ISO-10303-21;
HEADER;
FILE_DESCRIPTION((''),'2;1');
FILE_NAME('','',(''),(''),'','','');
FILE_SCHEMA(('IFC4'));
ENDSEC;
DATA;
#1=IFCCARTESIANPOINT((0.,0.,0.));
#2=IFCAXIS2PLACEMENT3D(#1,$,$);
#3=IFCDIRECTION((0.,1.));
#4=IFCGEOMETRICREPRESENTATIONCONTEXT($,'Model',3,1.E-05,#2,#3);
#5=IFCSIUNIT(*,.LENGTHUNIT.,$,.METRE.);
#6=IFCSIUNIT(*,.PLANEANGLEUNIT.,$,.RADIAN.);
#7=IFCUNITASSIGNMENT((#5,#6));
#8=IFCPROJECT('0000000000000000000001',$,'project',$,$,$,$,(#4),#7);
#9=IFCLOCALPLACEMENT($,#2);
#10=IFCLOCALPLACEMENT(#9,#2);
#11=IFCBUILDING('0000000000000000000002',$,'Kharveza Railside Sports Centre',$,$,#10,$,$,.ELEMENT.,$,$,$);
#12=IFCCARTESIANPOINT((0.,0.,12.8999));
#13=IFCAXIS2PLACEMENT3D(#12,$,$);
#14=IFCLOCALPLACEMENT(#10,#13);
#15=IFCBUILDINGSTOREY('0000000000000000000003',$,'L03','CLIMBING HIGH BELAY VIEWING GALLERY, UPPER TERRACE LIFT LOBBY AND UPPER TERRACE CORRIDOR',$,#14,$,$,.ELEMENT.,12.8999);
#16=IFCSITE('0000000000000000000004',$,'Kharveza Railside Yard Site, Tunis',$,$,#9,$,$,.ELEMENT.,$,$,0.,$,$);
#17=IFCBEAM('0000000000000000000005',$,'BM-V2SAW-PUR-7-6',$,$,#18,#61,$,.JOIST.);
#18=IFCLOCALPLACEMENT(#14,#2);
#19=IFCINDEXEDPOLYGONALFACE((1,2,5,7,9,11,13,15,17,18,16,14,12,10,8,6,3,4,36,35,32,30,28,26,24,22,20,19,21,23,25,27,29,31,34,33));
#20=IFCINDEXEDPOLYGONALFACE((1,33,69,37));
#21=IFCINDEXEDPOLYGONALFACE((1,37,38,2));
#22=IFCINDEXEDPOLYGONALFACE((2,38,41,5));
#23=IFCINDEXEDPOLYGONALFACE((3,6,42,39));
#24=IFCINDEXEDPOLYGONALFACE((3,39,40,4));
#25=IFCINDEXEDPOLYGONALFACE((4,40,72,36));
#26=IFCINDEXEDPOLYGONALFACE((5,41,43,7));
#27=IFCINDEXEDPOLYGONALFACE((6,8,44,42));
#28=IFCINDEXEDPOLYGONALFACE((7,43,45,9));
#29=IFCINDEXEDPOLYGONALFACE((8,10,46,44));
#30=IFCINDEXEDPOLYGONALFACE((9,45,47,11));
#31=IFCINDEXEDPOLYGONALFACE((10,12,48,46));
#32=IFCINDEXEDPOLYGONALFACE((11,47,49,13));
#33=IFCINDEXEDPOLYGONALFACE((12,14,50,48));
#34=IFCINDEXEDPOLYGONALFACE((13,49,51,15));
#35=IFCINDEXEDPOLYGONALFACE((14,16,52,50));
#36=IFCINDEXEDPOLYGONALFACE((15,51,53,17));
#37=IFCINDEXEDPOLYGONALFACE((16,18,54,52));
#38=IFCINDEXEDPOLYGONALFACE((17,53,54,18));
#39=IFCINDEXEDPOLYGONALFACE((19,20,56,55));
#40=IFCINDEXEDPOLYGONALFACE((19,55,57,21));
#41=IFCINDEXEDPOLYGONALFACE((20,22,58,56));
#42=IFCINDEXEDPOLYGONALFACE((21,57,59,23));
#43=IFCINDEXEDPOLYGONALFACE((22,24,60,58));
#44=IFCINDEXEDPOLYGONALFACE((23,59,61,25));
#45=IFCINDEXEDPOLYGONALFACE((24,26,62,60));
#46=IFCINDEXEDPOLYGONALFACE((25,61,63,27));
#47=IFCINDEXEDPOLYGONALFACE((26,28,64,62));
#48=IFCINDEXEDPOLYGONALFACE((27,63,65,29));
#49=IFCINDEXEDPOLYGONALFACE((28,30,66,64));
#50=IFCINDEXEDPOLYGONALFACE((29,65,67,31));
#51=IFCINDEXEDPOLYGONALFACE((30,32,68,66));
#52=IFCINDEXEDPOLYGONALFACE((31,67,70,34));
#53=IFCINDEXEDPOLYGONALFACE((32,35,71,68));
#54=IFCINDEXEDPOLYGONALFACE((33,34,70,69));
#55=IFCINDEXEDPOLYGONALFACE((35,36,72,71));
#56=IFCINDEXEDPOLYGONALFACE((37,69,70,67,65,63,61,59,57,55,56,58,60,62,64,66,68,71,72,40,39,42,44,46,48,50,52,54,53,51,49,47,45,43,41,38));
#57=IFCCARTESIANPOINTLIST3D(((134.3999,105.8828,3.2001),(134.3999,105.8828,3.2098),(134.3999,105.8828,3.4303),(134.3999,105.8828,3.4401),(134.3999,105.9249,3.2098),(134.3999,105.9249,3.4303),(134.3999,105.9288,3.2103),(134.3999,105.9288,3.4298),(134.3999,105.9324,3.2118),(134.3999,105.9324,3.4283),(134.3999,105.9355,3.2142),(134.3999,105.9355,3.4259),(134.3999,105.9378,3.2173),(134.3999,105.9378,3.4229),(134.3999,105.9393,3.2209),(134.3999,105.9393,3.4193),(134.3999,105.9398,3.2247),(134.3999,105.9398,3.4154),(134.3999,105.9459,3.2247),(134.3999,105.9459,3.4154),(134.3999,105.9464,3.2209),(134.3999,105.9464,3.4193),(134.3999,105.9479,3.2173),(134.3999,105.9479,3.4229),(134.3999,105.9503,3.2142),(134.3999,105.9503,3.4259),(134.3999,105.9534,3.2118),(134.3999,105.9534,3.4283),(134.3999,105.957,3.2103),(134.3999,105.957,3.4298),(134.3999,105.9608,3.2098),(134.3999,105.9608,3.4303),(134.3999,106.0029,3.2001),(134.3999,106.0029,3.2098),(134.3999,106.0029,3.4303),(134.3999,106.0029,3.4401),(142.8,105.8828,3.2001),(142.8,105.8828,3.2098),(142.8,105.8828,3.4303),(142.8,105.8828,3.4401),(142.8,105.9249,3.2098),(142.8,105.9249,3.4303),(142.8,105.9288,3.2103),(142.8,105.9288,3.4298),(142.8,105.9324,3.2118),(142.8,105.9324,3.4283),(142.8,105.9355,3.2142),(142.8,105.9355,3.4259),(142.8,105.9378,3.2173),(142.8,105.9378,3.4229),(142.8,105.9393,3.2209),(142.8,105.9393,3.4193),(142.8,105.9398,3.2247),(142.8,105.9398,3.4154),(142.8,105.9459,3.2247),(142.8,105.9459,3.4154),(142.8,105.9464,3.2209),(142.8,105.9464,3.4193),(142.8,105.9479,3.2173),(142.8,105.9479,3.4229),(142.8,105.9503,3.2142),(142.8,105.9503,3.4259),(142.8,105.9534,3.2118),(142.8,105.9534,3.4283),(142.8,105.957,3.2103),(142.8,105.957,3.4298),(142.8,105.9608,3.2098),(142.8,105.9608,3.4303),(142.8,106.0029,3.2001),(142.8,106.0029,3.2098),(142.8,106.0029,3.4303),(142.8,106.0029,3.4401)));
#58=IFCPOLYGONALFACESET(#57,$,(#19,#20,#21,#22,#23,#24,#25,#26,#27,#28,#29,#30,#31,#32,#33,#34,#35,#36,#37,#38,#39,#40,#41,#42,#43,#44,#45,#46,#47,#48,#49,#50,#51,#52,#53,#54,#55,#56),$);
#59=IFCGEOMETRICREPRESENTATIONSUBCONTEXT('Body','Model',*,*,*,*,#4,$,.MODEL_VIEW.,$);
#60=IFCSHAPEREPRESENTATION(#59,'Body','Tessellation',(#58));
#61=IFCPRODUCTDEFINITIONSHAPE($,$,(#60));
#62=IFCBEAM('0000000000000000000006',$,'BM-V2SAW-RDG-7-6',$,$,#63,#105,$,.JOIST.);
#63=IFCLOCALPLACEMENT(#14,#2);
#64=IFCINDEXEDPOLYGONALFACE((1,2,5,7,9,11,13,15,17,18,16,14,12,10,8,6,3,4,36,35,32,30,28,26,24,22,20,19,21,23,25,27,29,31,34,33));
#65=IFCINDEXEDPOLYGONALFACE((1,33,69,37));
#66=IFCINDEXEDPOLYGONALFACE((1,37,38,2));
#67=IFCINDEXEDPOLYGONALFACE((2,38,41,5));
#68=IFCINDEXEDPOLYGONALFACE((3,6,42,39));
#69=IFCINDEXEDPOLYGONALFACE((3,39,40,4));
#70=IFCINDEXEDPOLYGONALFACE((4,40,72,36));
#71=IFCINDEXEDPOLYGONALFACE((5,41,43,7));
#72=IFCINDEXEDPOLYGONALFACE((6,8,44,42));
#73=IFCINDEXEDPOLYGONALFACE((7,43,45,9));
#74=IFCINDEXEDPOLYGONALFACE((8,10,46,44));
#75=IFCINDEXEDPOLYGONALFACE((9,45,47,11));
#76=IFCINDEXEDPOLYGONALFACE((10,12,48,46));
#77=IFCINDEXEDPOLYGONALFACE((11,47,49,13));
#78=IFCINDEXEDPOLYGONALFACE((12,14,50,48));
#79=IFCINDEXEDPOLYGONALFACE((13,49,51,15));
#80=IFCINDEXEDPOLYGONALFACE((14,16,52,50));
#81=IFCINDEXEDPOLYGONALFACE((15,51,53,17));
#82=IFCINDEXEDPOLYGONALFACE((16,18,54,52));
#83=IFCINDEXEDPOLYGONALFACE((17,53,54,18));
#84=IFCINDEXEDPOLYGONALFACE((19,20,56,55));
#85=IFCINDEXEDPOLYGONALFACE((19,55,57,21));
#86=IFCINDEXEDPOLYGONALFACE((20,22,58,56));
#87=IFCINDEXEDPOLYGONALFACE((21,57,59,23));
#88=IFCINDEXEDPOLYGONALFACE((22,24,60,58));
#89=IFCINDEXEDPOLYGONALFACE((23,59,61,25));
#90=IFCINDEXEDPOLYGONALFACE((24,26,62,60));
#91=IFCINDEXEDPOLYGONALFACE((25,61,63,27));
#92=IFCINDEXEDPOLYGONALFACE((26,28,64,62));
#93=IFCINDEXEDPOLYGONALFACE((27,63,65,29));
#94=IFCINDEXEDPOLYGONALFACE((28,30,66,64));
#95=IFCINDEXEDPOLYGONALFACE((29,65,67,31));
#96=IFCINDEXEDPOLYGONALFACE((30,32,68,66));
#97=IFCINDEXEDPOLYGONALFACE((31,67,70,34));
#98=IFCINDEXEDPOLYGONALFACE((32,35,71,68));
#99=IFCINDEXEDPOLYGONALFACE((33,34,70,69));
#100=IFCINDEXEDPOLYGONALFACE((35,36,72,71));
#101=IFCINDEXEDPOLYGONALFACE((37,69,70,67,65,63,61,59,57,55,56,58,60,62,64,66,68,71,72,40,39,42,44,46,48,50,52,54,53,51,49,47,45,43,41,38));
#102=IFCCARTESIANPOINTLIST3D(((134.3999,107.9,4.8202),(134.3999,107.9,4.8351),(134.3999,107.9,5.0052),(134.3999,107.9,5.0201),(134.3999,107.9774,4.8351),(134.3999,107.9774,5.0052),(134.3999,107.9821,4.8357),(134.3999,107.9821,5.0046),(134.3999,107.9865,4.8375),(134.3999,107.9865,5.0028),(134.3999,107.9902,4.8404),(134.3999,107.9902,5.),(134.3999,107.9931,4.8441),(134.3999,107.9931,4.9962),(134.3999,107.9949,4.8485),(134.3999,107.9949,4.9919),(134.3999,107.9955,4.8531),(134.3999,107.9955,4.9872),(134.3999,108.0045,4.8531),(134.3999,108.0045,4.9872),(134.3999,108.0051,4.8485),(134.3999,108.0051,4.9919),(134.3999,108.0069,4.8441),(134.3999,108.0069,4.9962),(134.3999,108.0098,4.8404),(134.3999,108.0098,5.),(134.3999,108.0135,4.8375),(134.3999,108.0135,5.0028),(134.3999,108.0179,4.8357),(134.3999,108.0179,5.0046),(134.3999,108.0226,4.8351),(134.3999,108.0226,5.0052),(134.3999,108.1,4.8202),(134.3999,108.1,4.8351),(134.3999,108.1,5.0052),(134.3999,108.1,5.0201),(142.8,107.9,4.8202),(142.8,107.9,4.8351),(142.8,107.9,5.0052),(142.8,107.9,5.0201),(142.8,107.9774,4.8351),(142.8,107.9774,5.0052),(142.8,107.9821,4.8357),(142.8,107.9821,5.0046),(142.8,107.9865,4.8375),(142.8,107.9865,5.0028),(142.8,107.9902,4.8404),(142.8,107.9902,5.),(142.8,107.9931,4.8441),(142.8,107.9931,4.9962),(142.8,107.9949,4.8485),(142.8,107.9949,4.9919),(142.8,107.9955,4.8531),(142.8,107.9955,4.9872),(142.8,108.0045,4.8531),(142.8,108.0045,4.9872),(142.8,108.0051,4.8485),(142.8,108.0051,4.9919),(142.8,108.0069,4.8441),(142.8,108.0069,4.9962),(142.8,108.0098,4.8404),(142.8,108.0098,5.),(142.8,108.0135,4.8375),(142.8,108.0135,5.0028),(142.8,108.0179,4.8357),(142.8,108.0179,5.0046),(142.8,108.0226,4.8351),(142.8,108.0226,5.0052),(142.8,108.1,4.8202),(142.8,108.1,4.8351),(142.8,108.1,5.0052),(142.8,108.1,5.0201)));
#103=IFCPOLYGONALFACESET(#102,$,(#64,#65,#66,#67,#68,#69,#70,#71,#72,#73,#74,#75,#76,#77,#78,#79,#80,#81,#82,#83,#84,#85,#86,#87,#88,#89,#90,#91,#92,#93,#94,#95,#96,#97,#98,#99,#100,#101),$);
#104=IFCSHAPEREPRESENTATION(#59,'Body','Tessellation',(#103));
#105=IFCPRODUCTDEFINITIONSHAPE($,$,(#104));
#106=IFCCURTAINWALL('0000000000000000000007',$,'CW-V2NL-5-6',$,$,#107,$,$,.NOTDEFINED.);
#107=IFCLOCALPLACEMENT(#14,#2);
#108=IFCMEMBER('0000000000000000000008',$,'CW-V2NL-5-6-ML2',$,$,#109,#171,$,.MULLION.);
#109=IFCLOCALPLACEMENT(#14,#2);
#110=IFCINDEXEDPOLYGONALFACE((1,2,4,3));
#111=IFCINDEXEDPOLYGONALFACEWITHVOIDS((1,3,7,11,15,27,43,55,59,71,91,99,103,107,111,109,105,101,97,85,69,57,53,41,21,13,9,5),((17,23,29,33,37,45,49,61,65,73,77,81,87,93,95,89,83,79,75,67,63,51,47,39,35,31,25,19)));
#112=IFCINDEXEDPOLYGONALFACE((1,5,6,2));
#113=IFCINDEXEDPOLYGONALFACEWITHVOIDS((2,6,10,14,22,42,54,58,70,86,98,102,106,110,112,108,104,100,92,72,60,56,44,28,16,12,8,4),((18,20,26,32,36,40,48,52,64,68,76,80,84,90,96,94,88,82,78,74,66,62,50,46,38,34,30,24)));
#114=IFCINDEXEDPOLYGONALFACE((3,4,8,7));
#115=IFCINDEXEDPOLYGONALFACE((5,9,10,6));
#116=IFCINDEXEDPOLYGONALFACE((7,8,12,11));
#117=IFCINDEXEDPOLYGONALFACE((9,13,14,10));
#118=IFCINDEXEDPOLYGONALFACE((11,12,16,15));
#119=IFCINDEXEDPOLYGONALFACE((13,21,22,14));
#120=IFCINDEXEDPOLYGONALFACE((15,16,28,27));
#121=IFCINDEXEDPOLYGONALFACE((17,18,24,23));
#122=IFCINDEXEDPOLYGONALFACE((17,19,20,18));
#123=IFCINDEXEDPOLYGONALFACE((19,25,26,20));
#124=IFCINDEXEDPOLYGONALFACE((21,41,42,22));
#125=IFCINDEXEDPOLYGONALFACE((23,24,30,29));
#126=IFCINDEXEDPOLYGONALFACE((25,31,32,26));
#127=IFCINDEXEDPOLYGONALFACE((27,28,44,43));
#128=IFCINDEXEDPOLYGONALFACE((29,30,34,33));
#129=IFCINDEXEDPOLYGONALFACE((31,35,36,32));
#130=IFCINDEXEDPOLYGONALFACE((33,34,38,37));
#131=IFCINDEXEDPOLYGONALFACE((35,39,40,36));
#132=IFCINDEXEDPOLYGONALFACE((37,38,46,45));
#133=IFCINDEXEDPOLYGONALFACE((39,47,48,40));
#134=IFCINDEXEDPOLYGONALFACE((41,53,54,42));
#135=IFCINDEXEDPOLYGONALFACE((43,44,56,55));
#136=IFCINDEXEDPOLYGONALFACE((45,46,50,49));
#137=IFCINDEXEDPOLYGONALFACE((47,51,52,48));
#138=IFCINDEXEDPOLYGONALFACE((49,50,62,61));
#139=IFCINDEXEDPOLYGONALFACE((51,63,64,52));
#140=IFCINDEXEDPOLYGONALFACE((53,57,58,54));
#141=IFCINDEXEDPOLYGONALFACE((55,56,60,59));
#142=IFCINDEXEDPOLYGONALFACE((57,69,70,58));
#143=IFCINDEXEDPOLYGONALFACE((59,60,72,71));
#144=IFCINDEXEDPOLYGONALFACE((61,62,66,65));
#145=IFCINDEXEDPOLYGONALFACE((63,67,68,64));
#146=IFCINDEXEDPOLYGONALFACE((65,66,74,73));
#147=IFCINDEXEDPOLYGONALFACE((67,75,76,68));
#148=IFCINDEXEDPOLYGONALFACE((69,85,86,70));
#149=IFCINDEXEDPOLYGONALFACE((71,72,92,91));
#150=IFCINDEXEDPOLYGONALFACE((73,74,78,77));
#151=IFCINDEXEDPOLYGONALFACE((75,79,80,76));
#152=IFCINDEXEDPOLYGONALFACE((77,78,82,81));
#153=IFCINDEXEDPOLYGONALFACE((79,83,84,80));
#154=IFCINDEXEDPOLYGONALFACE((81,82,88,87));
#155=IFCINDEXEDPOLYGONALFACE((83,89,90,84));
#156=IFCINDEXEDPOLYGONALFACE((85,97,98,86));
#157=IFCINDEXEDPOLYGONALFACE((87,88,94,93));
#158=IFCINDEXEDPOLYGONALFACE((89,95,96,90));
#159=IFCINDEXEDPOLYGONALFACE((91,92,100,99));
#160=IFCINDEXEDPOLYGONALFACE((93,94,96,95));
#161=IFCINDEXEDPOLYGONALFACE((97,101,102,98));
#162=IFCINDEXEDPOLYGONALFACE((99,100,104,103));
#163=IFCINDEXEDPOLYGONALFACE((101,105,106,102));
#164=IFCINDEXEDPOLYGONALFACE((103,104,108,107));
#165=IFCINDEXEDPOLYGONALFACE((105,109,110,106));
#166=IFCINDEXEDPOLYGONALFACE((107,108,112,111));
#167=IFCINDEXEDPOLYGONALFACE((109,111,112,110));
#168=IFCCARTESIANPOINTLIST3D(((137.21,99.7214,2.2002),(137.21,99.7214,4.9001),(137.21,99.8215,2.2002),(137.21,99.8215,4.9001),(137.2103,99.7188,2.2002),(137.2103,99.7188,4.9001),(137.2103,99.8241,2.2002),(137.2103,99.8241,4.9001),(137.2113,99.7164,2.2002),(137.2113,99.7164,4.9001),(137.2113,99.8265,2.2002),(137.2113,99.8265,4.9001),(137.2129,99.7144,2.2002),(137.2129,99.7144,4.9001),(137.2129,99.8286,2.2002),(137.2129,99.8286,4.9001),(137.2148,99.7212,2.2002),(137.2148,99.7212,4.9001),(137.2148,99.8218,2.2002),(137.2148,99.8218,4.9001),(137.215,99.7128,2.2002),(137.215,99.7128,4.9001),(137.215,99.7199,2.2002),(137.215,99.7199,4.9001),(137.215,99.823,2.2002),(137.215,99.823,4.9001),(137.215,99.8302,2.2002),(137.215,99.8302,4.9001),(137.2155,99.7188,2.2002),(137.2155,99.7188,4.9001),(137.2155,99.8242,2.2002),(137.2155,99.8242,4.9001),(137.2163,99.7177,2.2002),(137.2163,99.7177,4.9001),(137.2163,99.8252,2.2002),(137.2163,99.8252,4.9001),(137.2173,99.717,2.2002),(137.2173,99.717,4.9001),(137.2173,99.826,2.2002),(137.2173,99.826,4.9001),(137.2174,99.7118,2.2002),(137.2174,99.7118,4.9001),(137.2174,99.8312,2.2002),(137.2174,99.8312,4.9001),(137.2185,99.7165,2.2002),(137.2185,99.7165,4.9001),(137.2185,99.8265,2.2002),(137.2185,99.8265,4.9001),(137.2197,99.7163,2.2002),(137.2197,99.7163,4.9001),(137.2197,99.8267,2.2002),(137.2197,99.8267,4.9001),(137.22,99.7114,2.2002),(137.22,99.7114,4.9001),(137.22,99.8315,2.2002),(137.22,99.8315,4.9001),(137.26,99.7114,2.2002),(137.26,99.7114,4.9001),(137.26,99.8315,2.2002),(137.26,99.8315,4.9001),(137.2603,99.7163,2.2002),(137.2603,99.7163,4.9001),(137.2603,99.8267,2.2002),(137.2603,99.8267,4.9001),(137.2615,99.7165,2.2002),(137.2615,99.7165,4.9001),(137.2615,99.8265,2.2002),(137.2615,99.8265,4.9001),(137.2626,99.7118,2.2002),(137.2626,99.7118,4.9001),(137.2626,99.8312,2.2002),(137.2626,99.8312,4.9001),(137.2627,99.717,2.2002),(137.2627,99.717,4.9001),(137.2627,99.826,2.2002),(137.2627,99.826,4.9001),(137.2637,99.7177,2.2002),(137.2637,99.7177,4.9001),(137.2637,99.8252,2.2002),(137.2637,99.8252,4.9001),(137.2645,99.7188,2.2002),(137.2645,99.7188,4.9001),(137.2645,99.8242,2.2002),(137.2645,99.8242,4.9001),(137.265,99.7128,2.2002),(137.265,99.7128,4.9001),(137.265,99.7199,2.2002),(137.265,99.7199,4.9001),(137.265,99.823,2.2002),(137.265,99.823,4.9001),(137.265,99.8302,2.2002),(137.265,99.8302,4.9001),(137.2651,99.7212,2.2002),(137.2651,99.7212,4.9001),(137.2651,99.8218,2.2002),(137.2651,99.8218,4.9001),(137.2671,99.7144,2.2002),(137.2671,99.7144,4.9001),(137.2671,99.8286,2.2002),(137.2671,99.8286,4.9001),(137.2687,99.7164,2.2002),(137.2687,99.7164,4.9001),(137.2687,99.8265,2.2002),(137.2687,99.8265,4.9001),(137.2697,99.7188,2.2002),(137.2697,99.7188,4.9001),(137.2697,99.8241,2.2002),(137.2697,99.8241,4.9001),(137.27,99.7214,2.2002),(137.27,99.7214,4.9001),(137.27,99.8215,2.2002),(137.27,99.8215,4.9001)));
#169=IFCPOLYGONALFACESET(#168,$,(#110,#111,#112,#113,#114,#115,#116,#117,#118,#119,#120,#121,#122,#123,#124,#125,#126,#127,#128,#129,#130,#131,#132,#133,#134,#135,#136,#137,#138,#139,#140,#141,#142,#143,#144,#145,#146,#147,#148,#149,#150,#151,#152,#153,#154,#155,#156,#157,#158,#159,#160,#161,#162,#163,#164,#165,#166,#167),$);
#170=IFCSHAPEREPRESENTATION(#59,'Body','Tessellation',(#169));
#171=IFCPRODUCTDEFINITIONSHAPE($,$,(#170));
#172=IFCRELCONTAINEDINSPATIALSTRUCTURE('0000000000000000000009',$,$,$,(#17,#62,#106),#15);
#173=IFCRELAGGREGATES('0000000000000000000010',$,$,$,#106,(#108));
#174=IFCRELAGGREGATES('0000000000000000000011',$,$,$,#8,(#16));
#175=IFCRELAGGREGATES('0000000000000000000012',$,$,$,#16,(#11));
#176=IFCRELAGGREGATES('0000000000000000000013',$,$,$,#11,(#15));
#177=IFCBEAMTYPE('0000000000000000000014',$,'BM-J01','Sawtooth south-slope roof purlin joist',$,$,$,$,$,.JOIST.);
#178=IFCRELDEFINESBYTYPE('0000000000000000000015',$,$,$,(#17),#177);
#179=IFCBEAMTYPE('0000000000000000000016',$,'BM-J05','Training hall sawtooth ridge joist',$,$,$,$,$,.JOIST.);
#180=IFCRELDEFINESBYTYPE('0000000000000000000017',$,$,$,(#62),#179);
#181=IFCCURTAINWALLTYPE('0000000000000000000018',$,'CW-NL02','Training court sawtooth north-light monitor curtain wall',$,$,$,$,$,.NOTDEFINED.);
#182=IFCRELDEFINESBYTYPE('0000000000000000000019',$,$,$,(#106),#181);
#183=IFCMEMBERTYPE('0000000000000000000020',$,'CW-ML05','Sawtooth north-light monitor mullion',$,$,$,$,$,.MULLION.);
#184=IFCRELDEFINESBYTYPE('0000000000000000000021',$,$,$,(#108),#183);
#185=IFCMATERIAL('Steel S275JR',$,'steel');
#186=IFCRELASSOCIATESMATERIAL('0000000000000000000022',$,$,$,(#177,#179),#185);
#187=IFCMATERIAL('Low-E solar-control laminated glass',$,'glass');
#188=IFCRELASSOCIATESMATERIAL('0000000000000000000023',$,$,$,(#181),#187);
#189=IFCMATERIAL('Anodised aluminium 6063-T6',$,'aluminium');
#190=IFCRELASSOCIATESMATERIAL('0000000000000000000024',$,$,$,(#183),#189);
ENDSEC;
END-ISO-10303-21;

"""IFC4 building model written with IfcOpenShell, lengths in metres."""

from ifc_helpers import new_model, si_unit, direction, frame, origin, origin_2d, place, context, subcontext, project, spatial, hollow_rectangle, i_section, extrude, material, material_profile, profile_set, type_object, element, aggregate, save


model = new_model("IFC4")

# Units and contexts
model_context = context("Model", 3, precision=1e-05, world=origin(), true_north=direction((0.0, 1.0)))
body_context = subcontext(model_context, "Body", "Model", "MODEL_VIEW")
ifc_project = project(units=[si_unit("LENGTHUNIT", "METRE"), si_unit("PLANEANGLEUNIT", "RADIAN")], contexts=[model_context])

# Site, building, storey
site_placement = place(None, origin())
site = spatial("IfcSite", under=ifc_project, at=site_placement, Name="Kharveza Railside Yard Site, Tunis", CompositionType="ELEMENT", RefElevation=0.0)
building_placement = place(site_placement, origin())
building = spatial("IfcBuilding", under=site, at=building_placement, Name="Kharveza Railside Sports Centre", CompositionType="ELEMENT")
storey_placement = place(building_placement, frame((0.0, 0.0, 12.8999)))
storey = spatial("IfcBuildingStorey", under=building, at=storey_placement, Name="L03", Description="CLIMBING HIGH BELAY VIEWING GALLERY, UPPER TERRACE LIFT LOBBY AND UPPER TERRACE CORRIDOR", CompositionType="ELEMENT", Elevation=12.8999)

# Beams
ifc_material_1 = material(Name="Steel S275JR", Category="steel")
ifc_material_profile_1 = material_profile(ifc_material_1, i_section(OverallWidth=0.1201, OverallDepth=0.24, WebThickness=0.0061, FlangeThickness=0.0098, FilletRadius=0.0149, at=origin_2d()), Name="IPE 240")
ifc_profile_set_1 = profile_set([ifc_material_profile_1], Name="Steel S275JR")
beam_type_1 = type_object("IfcBeamType", Name="BM-J01", Description="Sawtooth south-slope roof purlin joist", PredefinedType="JOIST", material=ifc_profile_set_1)
beam_1_placement = place(storey_placement, frame((134.3999, 105.9429, 3.3201), z_axis=(1.0, 0.0, 0.0), x_axis=(0.0, 1.0, 0.0)))
element("IfcBeam", 1, at=beam_1_placement, inside=storey, type_object=beam_type_1, Name="BM-V2SAW-PUR-7-6", PredefinedType="JOIST", context=body_context, shape_type="SweptSolid", body=[
    extrude(i_section(OverallWidth=0.1201, OverallDepth=0.24, WebThickness=0.0061, FlangeThickness=0.0098, FilletRadius=0.0149, at=origin_2d()), origin(), (0.0, 0.0, 1.0), 8.4001),
])
ifc_material_profile_2 = material_profile(ifc_material_1, i_section(OverallWidth=0.2, OverallDepth=0.2, WebThickness=0.009, FlangeThickness=0.0149, FilletRadius=0.0181, at=origin_2d()), Name="HEB 200")
ifc_profile_set_2 = profile_set([ifc_material_profile_2], Name="Steel S275JR")
beam_type_2 = type_object("IfcBeamType", Name="BM-J05", Description="Training hall sawtooth ridge joist", PredefinedType="JOIST", material=ifc_profile_set_2)
beam_2_placement = place(storey_placement, frame((134.3999, 108.0, 4.9202), z_axis=(1.0, 0.0, 0.0), x_axis=(0.0, 1.0, 0.0)))
element("IfcBeam", 2, at=beam_2_placement, inside=storey, type_object=beam_type_2, Name="BM-V2SAW-RDG-7-6", PredefinedType="JOIST", context=body_context, shape_type="SweptSolid", body=[
    extrude(i_section(OverallWidth=0.2, OverallDepth=0.2, WebThickness=0.009, FlangeThickness=0.0149, FilletRadius=0.0181, at=origin_2d()), origin(), (0.0, 0.0, 1.0), 8.4001),
])

# Curtain wall, member
ifc_material_2 = material(Name="Low-E solar-control laminated glass", Category="glass")
curtain_wall_type = type_object("IfcCurtainWallType", Name="CW-NL02", Description="Training court sawtooth north-light monitor curtain wall", PredefinedType="NOTDEFINED", material=ifc_material_2)
curtain_wall_1_placement = place(storey_placement, origin())
curtain_wall_1 = element("IfcCurtainWall", 3, at=curtain_wall_1_placement, inside=storey, type_object=curtain_wall_type, Name="CW-V2NL-5-6", PredefinedType="NOTDEFINED")
ifc_material_3 = material(Name="Anodised aluminium 6063-T6", Category="aluminium")
ifc_material_profile_3 = material_profile(ifc_material_3, hollow_rectangle(XDim=0.0601, YDim=0.1201, WallThickness=0.0049, InnerFilletRadius=0.0049, OuterFilletRadius=0.01, at=origin_2d()), Name="RHS 60x120x5.0")
ifc_profile_set_3 = profile_set([ifc_material_profile_3], Name="Anodised aluminium 6063-T6")
member_type_1 = type_object("IfcMemberType", Name="CW-ML05", Description="Sawtooth north-light monitor mullion", PredefinedType="MULLION", material=ifc_profile_set_3)
member_1_placement = place(storey_placement, frame((137.24, 99.7715, 2.2002), z_axis=(0.0, 0.0, 1.0), x_axis=(1.0, 0.0, 0.0)))
member_1 = element("IfcMember", 4, at=member_1_placement, type_object=member_type_1, Name="CW-V2NL-5-6-ML2", PredefinedType="MULLION", context=body_context, shape_type="SweptSolid", body=[
    extrude(hollow_rectangle(XDim=0.0601, YDim=0.1201, WallThickness=0.0049, InnerFilletRadius=0.0049, OuterFilletRadius=0.01, at=origin_2d()), origin(), (0.0, 0.0, 1.0), 2.7),
])

aggregate(curtain_wall_1, [member_1])

save(model, "model.ifc")
